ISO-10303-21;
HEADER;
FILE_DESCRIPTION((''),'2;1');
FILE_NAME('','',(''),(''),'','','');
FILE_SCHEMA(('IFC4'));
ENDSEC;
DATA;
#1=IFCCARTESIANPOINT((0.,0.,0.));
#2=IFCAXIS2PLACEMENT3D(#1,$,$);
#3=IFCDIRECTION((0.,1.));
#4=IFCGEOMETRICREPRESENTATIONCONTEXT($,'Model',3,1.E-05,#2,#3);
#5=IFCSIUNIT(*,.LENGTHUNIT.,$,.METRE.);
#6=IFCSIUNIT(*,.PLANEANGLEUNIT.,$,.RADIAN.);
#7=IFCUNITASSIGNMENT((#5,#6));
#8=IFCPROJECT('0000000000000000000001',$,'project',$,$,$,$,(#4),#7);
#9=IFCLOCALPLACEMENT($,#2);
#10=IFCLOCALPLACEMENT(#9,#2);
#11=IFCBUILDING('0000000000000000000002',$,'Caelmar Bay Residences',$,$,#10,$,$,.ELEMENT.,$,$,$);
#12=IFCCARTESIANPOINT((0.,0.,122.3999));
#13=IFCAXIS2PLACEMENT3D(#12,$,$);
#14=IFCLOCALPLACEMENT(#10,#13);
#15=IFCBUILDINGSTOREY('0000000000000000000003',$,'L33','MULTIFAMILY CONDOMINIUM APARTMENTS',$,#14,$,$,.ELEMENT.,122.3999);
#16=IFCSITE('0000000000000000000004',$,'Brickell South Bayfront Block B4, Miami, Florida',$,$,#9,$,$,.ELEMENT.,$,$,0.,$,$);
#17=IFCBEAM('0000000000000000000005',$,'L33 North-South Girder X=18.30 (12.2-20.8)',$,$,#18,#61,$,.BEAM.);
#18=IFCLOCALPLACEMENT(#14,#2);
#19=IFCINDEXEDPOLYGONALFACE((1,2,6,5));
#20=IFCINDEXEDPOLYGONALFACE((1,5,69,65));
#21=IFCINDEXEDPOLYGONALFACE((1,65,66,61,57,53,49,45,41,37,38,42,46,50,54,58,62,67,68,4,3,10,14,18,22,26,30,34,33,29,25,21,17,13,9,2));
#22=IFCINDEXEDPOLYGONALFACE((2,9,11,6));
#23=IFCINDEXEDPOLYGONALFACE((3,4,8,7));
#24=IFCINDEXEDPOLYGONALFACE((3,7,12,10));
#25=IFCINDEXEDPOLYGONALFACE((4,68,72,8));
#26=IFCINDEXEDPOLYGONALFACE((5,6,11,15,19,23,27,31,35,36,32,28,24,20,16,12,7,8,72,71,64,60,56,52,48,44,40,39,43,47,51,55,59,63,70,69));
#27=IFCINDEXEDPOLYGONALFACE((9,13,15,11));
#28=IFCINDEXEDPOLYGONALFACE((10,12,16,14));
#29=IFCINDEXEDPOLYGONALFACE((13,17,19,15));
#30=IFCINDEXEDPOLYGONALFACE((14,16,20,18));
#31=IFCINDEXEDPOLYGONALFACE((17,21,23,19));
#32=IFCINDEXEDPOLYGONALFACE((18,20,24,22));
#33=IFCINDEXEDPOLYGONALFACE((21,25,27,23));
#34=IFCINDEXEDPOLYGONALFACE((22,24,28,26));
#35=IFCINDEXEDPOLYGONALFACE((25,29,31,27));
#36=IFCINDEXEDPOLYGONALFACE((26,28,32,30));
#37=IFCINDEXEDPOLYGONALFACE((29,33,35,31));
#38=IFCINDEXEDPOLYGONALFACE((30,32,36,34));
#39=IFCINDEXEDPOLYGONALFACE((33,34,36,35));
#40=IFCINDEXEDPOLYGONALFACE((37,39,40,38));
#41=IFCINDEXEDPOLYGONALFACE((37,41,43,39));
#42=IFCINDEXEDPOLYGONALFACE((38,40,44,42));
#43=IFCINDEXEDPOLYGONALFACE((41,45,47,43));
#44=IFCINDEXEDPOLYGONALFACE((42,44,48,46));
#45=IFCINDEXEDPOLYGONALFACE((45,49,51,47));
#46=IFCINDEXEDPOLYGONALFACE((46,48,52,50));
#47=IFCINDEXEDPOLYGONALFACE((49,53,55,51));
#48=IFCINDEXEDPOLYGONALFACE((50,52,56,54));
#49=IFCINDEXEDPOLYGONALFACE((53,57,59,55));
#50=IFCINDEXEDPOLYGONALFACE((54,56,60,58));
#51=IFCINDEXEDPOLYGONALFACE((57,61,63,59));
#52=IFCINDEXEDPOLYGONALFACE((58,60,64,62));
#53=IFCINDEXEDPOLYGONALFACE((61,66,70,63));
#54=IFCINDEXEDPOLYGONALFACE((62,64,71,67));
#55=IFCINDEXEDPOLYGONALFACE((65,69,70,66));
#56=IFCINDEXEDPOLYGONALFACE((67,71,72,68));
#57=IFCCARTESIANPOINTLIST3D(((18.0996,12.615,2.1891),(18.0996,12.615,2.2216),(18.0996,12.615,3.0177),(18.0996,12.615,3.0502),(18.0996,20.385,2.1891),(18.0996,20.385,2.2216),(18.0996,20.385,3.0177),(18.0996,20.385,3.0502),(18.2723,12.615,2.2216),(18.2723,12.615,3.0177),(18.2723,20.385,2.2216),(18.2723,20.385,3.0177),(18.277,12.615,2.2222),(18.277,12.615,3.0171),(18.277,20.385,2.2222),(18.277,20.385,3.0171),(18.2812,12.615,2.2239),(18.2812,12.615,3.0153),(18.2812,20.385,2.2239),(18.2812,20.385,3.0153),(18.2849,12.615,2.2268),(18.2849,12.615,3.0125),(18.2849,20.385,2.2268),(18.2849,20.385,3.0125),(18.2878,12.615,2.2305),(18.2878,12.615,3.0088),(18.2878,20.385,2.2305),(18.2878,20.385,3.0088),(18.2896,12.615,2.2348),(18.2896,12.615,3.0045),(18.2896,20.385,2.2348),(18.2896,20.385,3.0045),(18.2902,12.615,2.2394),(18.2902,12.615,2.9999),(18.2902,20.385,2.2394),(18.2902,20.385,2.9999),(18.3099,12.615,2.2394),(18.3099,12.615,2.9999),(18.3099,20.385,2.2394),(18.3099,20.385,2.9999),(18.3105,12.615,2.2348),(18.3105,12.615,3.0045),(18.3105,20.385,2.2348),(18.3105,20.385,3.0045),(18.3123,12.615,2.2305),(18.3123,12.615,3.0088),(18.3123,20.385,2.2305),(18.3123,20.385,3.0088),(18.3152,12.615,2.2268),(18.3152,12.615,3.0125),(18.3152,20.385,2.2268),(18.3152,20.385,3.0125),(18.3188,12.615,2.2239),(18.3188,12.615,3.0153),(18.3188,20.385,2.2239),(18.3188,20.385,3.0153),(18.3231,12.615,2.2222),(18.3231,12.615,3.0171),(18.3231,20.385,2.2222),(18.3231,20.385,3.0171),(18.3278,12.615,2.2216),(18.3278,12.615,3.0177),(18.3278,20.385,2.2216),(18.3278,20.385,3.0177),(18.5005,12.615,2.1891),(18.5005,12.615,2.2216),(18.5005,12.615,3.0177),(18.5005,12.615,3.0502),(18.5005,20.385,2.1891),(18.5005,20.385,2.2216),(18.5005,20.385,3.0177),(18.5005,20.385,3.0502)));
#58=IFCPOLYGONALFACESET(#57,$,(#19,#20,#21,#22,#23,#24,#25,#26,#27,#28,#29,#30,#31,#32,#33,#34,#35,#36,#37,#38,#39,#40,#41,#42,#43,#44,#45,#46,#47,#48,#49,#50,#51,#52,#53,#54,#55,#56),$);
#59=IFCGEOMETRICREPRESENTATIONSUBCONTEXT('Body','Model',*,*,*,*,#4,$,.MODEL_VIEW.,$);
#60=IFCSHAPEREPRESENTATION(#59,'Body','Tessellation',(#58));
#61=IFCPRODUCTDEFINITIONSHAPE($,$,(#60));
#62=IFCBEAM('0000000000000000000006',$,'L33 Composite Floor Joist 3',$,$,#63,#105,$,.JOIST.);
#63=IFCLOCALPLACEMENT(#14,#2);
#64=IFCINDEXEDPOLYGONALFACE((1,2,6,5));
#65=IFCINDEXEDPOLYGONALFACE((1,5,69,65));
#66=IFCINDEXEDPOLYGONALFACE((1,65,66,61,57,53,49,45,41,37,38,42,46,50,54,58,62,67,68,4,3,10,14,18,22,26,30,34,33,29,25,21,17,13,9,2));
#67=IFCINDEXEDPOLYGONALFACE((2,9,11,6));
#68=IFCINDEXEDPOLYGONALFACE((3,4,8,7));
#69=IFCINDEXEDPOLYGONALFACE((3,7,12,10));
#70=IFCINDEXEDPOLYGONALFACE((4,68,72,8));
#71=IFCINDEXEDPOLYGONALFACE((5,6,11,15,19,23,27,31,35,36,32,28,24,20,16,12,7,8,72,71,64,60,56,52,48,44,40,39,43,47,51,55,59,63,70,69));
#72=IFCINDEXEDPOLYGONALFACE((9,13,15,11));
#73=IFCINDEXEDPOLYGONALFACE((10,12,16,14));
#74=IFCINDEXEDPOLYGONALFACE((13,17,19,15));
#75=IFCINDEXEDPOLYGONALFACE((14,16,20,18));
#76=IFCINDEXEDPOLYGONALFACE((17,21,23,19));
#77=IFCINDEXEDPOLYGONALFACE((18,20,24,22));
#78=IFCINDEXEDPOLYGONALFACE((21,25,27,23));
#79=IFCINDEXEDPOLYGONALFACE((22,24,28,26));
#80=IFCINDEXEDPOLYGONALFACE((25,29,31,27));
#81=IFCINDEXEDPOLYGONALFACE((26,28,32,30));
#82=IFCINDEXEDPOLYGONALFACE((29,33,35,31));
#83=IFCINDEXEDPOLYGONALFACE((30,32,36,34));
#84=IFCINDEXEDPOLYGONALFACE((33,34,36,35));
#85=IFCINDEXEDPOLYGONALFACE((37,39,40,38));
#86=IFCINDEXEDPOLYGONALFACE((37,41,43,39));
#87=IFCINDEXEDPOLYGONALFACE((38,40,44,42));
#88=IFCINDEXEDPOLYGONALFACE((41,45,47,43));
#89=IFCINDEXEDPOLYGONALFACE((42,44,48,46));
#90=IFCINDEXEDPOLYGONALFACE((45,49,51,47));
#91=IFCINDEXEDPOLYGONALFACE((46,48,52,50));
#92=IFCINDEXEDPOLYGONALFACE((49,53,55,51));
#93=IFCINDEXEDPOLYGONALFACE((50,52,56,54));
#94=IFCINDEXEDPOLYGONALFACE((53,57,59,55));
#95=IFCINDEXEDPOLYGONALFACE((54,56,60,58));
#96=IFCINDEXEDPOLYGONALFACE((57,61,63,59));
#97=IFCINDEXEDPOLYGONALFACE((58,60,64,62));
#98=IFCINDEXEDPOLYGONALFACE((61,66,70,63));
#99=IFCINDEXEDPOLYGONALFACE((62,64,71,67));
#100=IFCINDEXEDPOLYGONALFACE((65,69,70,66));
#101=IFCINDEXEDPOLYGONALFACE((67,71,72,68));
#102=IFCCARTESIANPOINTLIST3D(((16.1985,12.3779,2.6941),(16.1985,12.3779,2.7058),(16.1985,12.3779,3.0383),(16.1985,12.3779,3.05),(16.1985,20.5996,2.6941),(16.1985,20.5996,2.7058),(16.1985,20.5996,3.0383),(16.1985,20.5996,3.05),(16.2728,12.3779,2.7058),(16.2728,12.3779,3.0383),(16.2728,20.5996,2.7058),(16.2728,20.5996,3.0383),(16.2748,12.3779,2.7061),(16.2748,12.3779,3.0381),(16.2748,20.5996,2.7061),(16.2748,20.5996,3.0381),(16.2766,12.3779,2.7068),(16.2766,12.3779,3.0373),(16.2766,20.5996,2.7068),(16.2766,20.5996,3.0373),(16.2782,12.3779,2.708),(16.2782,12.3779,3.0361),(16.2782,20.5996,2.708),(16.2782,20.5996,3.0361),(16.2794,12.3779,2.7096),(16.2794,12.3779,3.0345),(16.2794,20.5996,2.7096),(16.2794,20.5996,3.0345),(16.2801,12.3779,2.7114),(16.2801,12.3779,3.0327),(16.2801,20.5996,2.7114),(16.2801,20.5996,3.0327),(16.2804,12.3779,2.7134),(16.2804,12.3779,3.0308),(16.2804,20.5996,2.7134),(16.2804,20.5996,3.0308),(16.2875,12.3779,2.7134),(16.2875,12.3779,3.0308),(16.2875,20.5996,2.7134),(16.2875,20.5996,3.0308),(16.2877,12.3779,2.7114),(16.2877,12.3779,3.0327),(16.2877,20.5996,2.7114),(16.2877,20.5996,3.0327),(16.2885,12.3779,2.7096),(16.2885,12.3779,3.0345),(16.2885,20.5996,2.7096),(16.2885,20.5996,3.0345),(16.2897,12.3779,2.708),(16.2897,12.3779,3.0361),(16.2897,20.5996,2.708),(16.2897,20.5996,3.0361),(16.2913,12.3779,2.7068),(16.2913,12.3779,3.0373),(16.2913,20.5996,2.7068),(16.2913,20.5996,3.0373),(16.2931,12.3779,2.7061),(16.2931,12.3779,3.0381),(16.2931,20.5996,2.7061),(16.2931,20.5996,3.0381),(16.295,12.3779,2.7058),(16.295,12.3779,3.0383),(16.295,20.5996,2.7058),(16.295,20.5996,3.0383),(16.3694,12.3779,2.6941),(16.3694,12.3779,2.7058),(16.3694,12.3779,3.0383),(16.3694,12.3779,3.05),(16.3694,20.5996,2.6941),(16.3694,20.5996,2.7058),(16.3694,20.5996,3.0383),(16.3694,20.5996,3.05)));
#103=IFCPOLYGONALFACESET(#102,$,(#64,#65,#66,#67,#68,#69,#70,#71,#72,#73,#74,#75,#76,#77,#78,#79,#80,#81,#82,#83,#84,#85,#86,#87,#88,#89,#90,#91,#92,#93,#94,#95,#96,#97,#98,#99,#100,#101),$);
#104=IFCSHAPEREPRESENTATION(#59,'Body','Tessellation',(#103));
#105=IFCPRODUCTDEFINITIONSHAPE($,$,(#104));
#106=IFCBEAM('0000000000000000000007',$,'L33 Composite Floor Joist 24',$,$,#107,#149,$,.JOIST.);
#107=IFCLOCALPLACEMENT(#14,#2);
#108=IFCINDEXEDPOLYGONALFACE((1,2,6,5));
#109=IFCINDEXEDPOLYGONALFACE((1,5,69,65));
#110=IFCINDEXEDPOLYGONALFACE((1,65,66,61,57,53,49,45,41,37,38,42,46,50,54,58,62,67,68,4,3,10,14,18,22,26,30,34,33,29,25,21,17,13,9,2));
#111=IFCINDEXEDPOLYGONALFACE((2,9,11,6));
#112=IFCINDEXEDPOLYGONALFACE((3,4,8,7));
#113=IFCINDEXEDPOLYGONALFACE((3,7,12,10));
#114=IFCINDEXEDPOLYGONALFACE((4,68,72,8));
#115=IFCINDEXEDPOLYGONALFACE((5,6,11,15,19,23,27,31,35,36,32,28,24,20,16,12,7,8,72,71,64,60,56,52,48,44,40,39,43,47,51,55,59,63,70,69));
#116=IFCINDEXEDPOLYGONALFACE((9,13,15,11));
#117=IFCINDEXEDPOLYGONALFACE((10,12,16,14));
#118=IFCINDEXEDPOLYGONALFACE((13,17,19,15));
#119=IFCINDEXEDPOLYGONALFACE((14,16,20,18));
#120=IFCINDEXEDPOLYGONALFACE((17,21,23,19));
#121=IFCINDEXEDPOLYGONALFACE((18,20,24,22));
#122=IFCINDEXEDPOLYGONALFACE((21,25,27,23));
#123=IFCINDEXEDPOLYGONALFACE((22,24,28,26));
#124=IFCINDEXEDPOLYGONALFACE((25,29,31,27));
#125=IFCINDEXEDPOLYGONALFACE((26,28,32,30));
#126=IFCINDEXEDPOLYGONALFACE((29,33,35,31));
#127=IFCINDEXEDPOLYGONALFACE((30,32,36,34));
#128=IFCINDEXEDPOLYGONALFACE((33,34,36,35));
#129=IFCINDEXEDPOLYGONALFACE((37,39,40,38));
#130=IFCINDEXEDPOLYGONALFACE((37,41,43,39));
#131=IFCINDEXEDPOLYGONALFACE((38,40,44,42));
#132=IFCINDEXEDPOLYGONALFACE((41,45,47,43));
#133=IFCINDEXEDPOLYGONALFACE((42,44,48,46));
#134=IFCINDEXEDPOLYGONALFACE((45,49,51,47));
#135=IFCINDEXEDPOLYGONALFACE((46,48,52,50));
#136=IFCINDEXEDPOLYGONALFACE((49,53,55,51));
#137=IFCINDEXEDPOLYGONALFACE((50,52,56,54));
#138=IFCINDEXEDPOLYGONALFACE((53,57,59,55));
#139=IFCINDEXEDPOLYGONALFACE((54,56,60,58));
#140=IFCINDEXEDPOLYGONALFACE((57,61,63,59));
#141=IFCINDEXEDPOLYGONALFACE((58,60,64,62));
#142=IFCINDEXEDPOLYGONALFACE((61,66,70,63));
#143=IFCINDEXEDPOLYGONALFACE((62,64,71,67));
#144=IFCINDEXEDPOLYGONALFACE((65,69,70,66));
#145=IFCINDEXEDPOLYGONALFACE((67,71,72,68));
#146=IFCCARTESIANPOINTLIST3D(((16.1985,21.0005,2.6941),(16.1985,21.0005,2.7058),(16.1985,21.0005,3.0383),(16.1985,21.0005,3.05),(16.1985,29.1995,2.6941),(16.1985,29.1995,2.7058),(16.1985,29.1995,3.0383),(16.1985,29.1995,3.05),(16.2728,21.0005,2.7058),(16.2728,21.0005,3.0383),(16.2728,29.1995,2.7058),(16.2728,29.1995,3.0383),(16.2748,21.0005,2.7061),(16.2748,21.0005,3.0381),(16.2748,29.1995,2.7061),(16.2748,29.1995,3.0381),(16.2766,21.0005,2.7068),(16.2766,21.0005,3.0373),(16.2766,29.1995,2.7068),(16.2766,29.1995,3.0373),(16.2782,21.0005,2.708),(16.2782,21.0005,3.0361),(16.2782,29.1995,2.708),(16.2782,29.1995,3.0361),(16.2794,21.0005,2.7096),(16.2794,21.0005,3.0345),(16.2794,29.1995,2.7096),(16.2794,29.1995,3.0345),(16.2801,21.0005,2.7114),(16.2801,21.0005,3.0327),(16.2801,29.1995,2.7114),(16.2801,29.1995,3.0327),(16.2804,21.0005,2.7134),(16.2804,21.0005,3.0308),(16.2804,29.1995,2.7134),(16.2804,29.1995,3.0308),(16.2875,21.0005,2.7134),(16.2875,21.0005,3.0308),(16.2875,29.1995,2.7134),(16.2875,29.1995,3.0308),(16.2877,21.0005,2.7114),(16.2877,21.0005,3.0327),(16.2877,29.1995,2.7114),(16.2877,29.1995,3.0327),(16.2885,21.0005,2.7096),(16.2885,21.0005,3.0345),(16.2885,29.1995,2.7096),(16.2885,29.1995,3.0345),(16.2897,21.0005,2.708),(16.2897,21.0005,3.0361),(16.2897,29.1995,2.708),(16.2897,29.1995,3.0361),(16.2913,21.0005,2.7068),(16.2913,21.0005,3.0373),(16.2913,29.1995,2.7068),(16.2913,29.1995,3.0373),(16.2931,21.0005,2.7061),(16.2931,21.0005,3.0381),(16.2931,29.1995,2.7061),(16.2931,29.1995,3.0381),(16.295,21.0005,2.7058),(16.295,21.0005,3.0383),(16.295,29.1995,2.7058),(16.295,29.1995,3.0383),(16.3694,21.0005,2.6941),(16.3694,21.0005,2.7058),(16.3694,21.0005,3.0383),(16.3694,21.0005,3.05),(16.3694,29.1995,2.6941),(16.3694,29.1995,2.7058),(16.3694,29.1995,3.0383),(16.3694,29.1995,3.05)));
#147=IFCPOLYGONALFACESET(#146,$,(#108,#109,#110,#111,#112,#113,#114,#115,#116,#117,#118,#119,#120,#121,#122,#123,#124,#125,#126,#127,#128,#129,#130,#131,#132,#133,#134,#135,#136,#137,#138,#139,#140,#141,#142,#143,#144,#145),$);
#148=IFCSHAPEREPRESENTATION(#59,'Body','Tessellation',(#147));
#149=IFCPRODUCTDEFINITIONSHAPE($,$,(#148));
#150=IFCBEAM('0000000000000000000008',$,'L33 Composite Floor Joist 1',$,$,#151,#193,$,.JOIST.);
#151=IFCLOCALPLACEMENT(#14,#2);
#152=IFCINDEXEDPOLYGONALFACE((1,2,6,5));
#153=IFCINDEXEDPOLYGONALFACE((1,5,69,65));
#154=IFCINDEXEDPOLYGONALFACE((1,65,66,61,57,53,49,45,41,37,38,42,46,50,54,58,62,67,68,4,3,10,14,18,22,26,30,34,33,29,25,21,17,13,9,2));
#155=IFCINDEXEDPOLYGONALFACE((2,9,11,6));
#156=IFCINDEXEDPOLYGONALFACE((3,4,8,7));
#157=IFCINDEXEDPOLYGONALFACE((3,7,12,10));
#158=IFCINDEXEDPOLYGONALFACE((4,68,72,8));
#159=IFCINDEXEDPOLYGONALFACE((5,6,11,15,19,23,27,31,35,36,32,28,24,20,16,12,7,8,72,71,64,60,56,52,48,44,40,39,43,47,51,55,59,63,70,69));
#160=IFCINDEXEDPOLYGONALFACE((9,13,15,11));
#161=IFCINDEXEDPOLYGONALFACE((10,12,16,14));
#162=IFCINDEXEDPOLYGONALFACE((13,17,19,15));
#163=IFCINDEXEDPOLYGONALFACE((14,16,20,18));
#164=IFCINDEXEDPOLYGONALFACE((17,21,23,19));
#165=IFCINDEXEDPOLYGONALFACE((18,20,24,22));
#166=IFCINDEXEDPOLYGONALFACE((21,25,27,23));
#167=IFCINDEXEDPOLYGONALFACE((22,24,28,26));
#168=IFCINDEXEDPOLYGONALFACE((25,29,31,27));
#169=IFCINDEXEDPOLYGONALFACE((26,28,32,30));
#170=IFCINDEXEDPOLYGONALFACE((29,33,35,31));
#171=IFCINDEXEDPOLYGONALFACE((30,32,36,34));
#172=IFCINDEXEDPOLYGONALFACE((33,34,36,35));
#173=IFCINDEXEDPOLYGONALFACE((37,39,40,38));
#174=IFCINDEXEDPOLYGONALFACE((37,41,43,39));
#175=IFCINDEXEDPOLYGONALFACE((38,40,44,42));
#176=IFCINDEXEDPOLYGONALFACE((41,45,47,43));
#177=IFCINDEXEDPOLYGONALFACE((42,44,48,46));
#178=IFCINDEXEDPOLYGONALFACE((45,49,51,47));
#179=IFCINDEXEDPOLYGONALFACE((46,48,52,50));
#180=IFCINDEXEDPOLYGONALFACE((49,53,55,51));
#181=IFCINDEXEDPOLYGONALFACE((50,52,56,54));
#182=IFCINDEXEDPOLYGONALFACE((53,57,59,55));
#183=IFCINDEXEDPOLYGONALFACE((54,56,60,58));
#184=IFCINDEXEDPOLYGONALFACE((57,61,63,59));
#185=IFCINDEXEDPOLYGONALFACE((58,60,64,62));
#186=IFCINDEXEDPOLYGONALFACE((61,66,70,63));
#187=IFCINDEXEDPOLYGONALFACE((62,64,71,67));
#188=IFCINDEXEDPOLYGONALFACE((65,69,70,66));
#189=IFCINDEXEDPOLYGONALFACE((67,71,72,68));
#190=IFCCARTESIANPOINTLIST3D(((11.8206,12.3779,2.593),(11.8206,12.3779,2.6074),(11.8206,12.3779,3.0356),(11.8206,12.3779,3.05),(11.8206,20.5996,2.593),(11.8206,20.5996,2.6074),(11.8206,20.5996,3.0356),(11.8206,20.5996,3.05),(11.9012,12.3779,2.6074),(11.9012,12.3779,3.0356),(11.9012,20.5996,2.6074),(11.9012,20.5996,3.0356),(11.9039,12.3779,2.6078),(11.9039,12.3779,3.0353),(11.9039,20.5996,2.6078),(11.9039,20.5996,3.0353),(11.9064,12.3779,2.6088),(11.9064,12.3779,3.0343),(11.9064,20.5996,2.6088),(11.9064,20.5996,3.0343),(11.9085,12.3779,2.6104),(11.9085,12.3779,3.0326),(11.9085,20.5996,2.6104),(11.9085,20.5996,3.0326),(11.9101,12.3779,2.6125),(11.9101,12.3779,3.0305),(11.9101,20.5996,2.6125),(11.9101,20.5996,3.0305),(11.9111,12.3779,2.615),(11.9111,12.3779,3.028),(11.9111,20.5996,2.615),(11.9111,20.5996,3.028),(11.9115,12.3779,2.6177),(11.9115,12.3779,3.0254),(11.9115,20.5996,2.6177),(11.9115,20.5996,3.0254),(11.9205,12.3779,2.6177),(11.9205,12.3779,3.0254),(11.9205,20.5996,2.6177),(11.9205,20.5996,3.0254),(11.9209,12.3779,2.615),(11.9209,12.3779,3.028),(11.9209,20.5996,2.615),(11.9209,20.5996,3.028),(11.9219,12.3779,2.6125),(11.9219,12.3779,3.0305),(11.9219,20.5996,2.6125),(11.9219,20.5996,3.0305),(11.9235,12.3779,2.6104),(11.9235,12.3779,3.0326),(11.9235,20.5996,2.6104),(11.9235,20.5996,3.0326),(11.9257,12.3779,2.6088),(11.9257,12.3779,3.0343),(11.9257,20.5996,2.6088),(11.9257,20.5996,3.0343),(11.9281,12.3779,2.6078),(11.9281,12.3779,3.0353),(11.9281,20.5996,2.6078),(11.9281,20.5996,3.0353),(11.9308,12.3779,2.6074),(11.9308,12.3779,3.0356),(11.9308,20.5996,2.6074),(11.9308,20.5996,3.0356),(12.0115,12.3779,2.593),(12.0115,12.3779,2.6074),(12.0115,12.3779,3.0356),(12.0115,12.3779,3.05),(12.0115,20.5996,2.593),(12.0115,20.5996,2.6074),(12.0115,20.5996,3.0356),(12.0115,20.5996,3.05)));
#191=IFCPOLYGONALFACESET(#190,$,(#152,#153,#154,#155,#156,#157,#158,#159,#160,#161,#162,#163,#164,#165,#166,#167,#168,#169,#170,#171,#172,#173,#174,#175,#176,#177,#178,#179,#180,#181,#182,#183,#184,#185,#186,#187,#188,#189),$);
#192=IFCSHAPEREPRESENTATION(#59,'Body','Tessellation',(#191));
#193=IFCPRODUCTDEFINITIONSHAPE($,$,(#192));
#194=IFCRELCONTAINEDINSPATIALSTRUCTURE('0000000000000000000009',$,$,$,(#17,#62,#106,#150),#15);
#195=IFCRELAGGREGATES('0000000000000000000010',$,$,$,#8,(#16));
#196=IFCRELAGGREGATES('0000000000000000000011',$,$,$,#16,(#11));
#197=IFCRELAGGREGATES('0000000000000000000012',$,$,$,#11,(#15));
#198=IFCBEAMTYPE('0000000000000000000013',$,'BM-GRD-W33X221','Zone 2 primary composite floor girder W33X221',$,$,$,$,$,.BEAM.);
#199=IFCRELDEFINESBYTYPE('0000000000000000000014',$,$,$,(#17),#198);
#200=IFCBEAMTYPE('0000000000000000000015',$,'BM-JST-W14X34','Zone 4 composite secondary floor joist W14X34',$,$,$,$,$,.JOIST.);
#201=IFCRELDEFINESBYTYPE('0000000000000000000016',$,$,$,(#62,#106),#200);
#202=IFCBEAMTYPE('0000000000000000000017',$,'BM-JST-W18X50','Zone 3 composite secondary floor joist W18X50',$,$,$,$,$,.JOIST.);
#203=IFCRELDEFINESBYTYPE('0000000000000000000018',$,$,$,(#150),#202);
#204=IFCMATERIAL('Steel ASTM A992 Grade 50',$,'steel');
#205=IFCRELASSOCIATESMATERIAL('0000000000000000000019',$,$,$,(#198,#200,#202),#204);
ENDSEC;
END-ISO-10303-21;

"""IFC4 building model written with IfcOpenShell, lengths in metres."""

from ifc_helpers import new_model, si_unit, direction, frame, origin, origin_2d, place, context, subcontext, project, spatial, i_section, extrude, material, material_profile, profile_set, type_object, element, save


model = new_model("IFC4")

# Units and contexts
model_context = context("Model", 3, precision=1e-05, world=origin(), true_north=direction((0.0, 1.0)))
body_context = subcontext(model_context, "Body", "Model", "MODEL_VIEW")
ifc_project = project(units=[si_unit("LENGTHUNIT", "METRE"), si_unit("PLANEANGLEUNIT", "RADIAN")], contexts=[model_context])

# Site, building, storey
site_placement = place(None, origin())
site = spatial("IfcSite", under=ifc_project, at=site_placement, Name="Brickell South Bayfront Block B4, Miami, Florida", CompositionType="ELEMENT", RefElevation=0.0)
building_placement = place(site_placement, origin())
building = spatial("IfcBuilding", under=site, at=building_placement, Name="Caelmar Bay Residences", CompositionType="ELEMENT")
storey_placement = place(building_placement, frame((0.0, 0.0, 122.3999)))
storey = spatial("IfcBuildingStorey", under=building, at=storey_placement, Name="L33", Description="MULTIFAMILY CONDOMINIUM APARTMENTS", CompositionType="ELEMENT", Elevation=122.3999)

# Beams
ifc_material_1 = material(Name="Steel ASTM A992 Grade 50", Category="steel")
ifc_material_profile_1 = material_profile(ifc_material_1, i_section(OverallWidth=0.4009, OverallDepth=0.8611, WebThickness=0.0198, FlangeThickness=0.0325, FilletRadius=0.0178, at=origin_2d()), Name="W33X221")
ifc_profile_set_1 = profile_set([ifc_material_profile_1], Name="Steel ASTM A992 Grade 50")
beam_type_1 = type_object("IfcBeamType", Name="BM-GRD-W33X221", Description="Zone 2 primary composite floor girder W33X221", PredefinedType="BEAM", material=ifc_profile_set_1)
for number, where, z_axis, x_axis, name in (
    (1, (18.3, 12.615, 2.6196), (0.0, 1.0, 0.0), (-1.0, 0.0, 0.0), "L33 North-South Girder X=18.30 (12.2-20.8)"),
):
    element("IfcBeam", number, at=place(storey_placement, frame(where, z_axis=z_axis, x_axis=x_axis)), inside=storey, type_object=beam_type_1, Name=name, PredefinedType="BEAM", context=body_context, shape_type="SweptSolid", body=[
        extrude(i_section(OverallWidth=0.4009, OverallDepth=0.8611, WebThickness=0.0198, FlangeThickness=0.0325, FilletRadius=0.0178, at=origin_2d()), origin(), (0.0, 0.0, 1.0), 7.77),
    ])
ifc_material_profile_2 = material_profile(ifc_material_1, i_section(OverallWidth=0.1709, OverallDepth=0.356, WebThickness=0.0071, FlangeThickness=0.0117, FilletRadius=0.0076, at=origin_2d()), Name="W14X34")
ifc_profile_set_2 = profile_set([ifc_material_profile_2], Name="Steel ASTM A992 Grade 50")
beam_type_2 = type_object("IfcBeamType", Name="BM-JST-W14X34", Description="Zone 4 composite secondary floor joist W14X34", PredefinedType="JOIST", material=ifc_profile_set_2)
beam_1_placement = place(storey_placement, frame((16.2839, 12.3779, 2.8721), z_axis=(0.0, 1.0, 0.0), x_axis=(-1.0, 0.0, 0.0)))
element("IfcBeam", 2, at=beam_1_placement, inside=storey, type_object=beam_type_2, Name="L33 Composite Floor Joist 3", PredefinedType="JOIST", context=body_context, shape_type="SweptSolid", body=[
    extrude(i_section(OverallWidth=0.1709, OverallDepth=0.356, WebThickness=0.0071, FlangeThickness=0.0117, FilletRadius=0.0076, at=origin_2d()), origin(), (0.0, 0.0, 1.0), 8.2217),
])
beam_2_placement = place(storey_placement, frame((16.2839, 21.0005, 2.8721), z_axis=(0.0, 1.0, 0.0), x_axis=(-1.0, 0.0, 0.0)))
element("IfcBeam", 3, at=beam_2_placement, inside=storey, type_object=beam_type_2, Name="L33 Composite Floor Joist 24", PredefinedType="JOIST", context=body_context, shape_type="SweptSolid", body=[
    extrude(i_section(OverallWidth=0.1709, OverallDepth=0.356, WebThickness=0.0071, FlangeThickness=0.0117, FilletRadius=0.0076, at=origin_2d()), origin(), (0.0, 0.0, 1.0), 8.199),
])
ifc_material_profile_3 = material_profile(ifc_material_1, i_section(OverallWidth=0.1909, OverallDepth=0.457, WebThickness=0.009, FlangeThickness=0.0144, FilletRadius=0.0103, at=origin_2d()), Name="W18X50")
ifc_profile_set_3 = profile_set([ifc_material_profile_3], Name="Steel ASTM A992 Grade 50")
beam_type_3 = type_object("IfcBeamType", Name="BM-JST-W18X50", Description="Zone 3 composite secondary floor joist W18X50", PredefinedType="JOIST", material=ifc_profile_set_3)
beam_3_placement = place(storey_placement, frame((11.916, 12.3779, 2.8215), z_axis=(0.0, 1.0, 0.0), x_axis=(-1.0, 0.0, 0.0)))
element("IfcBeam", 4, at=beam_3_placement, inside=storey, type_object=beam_type_3, Name="L33 Composite Floor Joist 1", PredefinedType="JOIST", context=body_context, shape_type="SweptSolid", body=[
    extrude(i_section(OverallWidth=0.1909, OverallDepth=0.457, WebThickness=0.009, FlangeThickness=0.0144, FilletRadius=0.0103, at=origin_2d()), origin(), (0.0, 0.0, 1.0), 8.2217),
])

save(model, "model.ifc")
